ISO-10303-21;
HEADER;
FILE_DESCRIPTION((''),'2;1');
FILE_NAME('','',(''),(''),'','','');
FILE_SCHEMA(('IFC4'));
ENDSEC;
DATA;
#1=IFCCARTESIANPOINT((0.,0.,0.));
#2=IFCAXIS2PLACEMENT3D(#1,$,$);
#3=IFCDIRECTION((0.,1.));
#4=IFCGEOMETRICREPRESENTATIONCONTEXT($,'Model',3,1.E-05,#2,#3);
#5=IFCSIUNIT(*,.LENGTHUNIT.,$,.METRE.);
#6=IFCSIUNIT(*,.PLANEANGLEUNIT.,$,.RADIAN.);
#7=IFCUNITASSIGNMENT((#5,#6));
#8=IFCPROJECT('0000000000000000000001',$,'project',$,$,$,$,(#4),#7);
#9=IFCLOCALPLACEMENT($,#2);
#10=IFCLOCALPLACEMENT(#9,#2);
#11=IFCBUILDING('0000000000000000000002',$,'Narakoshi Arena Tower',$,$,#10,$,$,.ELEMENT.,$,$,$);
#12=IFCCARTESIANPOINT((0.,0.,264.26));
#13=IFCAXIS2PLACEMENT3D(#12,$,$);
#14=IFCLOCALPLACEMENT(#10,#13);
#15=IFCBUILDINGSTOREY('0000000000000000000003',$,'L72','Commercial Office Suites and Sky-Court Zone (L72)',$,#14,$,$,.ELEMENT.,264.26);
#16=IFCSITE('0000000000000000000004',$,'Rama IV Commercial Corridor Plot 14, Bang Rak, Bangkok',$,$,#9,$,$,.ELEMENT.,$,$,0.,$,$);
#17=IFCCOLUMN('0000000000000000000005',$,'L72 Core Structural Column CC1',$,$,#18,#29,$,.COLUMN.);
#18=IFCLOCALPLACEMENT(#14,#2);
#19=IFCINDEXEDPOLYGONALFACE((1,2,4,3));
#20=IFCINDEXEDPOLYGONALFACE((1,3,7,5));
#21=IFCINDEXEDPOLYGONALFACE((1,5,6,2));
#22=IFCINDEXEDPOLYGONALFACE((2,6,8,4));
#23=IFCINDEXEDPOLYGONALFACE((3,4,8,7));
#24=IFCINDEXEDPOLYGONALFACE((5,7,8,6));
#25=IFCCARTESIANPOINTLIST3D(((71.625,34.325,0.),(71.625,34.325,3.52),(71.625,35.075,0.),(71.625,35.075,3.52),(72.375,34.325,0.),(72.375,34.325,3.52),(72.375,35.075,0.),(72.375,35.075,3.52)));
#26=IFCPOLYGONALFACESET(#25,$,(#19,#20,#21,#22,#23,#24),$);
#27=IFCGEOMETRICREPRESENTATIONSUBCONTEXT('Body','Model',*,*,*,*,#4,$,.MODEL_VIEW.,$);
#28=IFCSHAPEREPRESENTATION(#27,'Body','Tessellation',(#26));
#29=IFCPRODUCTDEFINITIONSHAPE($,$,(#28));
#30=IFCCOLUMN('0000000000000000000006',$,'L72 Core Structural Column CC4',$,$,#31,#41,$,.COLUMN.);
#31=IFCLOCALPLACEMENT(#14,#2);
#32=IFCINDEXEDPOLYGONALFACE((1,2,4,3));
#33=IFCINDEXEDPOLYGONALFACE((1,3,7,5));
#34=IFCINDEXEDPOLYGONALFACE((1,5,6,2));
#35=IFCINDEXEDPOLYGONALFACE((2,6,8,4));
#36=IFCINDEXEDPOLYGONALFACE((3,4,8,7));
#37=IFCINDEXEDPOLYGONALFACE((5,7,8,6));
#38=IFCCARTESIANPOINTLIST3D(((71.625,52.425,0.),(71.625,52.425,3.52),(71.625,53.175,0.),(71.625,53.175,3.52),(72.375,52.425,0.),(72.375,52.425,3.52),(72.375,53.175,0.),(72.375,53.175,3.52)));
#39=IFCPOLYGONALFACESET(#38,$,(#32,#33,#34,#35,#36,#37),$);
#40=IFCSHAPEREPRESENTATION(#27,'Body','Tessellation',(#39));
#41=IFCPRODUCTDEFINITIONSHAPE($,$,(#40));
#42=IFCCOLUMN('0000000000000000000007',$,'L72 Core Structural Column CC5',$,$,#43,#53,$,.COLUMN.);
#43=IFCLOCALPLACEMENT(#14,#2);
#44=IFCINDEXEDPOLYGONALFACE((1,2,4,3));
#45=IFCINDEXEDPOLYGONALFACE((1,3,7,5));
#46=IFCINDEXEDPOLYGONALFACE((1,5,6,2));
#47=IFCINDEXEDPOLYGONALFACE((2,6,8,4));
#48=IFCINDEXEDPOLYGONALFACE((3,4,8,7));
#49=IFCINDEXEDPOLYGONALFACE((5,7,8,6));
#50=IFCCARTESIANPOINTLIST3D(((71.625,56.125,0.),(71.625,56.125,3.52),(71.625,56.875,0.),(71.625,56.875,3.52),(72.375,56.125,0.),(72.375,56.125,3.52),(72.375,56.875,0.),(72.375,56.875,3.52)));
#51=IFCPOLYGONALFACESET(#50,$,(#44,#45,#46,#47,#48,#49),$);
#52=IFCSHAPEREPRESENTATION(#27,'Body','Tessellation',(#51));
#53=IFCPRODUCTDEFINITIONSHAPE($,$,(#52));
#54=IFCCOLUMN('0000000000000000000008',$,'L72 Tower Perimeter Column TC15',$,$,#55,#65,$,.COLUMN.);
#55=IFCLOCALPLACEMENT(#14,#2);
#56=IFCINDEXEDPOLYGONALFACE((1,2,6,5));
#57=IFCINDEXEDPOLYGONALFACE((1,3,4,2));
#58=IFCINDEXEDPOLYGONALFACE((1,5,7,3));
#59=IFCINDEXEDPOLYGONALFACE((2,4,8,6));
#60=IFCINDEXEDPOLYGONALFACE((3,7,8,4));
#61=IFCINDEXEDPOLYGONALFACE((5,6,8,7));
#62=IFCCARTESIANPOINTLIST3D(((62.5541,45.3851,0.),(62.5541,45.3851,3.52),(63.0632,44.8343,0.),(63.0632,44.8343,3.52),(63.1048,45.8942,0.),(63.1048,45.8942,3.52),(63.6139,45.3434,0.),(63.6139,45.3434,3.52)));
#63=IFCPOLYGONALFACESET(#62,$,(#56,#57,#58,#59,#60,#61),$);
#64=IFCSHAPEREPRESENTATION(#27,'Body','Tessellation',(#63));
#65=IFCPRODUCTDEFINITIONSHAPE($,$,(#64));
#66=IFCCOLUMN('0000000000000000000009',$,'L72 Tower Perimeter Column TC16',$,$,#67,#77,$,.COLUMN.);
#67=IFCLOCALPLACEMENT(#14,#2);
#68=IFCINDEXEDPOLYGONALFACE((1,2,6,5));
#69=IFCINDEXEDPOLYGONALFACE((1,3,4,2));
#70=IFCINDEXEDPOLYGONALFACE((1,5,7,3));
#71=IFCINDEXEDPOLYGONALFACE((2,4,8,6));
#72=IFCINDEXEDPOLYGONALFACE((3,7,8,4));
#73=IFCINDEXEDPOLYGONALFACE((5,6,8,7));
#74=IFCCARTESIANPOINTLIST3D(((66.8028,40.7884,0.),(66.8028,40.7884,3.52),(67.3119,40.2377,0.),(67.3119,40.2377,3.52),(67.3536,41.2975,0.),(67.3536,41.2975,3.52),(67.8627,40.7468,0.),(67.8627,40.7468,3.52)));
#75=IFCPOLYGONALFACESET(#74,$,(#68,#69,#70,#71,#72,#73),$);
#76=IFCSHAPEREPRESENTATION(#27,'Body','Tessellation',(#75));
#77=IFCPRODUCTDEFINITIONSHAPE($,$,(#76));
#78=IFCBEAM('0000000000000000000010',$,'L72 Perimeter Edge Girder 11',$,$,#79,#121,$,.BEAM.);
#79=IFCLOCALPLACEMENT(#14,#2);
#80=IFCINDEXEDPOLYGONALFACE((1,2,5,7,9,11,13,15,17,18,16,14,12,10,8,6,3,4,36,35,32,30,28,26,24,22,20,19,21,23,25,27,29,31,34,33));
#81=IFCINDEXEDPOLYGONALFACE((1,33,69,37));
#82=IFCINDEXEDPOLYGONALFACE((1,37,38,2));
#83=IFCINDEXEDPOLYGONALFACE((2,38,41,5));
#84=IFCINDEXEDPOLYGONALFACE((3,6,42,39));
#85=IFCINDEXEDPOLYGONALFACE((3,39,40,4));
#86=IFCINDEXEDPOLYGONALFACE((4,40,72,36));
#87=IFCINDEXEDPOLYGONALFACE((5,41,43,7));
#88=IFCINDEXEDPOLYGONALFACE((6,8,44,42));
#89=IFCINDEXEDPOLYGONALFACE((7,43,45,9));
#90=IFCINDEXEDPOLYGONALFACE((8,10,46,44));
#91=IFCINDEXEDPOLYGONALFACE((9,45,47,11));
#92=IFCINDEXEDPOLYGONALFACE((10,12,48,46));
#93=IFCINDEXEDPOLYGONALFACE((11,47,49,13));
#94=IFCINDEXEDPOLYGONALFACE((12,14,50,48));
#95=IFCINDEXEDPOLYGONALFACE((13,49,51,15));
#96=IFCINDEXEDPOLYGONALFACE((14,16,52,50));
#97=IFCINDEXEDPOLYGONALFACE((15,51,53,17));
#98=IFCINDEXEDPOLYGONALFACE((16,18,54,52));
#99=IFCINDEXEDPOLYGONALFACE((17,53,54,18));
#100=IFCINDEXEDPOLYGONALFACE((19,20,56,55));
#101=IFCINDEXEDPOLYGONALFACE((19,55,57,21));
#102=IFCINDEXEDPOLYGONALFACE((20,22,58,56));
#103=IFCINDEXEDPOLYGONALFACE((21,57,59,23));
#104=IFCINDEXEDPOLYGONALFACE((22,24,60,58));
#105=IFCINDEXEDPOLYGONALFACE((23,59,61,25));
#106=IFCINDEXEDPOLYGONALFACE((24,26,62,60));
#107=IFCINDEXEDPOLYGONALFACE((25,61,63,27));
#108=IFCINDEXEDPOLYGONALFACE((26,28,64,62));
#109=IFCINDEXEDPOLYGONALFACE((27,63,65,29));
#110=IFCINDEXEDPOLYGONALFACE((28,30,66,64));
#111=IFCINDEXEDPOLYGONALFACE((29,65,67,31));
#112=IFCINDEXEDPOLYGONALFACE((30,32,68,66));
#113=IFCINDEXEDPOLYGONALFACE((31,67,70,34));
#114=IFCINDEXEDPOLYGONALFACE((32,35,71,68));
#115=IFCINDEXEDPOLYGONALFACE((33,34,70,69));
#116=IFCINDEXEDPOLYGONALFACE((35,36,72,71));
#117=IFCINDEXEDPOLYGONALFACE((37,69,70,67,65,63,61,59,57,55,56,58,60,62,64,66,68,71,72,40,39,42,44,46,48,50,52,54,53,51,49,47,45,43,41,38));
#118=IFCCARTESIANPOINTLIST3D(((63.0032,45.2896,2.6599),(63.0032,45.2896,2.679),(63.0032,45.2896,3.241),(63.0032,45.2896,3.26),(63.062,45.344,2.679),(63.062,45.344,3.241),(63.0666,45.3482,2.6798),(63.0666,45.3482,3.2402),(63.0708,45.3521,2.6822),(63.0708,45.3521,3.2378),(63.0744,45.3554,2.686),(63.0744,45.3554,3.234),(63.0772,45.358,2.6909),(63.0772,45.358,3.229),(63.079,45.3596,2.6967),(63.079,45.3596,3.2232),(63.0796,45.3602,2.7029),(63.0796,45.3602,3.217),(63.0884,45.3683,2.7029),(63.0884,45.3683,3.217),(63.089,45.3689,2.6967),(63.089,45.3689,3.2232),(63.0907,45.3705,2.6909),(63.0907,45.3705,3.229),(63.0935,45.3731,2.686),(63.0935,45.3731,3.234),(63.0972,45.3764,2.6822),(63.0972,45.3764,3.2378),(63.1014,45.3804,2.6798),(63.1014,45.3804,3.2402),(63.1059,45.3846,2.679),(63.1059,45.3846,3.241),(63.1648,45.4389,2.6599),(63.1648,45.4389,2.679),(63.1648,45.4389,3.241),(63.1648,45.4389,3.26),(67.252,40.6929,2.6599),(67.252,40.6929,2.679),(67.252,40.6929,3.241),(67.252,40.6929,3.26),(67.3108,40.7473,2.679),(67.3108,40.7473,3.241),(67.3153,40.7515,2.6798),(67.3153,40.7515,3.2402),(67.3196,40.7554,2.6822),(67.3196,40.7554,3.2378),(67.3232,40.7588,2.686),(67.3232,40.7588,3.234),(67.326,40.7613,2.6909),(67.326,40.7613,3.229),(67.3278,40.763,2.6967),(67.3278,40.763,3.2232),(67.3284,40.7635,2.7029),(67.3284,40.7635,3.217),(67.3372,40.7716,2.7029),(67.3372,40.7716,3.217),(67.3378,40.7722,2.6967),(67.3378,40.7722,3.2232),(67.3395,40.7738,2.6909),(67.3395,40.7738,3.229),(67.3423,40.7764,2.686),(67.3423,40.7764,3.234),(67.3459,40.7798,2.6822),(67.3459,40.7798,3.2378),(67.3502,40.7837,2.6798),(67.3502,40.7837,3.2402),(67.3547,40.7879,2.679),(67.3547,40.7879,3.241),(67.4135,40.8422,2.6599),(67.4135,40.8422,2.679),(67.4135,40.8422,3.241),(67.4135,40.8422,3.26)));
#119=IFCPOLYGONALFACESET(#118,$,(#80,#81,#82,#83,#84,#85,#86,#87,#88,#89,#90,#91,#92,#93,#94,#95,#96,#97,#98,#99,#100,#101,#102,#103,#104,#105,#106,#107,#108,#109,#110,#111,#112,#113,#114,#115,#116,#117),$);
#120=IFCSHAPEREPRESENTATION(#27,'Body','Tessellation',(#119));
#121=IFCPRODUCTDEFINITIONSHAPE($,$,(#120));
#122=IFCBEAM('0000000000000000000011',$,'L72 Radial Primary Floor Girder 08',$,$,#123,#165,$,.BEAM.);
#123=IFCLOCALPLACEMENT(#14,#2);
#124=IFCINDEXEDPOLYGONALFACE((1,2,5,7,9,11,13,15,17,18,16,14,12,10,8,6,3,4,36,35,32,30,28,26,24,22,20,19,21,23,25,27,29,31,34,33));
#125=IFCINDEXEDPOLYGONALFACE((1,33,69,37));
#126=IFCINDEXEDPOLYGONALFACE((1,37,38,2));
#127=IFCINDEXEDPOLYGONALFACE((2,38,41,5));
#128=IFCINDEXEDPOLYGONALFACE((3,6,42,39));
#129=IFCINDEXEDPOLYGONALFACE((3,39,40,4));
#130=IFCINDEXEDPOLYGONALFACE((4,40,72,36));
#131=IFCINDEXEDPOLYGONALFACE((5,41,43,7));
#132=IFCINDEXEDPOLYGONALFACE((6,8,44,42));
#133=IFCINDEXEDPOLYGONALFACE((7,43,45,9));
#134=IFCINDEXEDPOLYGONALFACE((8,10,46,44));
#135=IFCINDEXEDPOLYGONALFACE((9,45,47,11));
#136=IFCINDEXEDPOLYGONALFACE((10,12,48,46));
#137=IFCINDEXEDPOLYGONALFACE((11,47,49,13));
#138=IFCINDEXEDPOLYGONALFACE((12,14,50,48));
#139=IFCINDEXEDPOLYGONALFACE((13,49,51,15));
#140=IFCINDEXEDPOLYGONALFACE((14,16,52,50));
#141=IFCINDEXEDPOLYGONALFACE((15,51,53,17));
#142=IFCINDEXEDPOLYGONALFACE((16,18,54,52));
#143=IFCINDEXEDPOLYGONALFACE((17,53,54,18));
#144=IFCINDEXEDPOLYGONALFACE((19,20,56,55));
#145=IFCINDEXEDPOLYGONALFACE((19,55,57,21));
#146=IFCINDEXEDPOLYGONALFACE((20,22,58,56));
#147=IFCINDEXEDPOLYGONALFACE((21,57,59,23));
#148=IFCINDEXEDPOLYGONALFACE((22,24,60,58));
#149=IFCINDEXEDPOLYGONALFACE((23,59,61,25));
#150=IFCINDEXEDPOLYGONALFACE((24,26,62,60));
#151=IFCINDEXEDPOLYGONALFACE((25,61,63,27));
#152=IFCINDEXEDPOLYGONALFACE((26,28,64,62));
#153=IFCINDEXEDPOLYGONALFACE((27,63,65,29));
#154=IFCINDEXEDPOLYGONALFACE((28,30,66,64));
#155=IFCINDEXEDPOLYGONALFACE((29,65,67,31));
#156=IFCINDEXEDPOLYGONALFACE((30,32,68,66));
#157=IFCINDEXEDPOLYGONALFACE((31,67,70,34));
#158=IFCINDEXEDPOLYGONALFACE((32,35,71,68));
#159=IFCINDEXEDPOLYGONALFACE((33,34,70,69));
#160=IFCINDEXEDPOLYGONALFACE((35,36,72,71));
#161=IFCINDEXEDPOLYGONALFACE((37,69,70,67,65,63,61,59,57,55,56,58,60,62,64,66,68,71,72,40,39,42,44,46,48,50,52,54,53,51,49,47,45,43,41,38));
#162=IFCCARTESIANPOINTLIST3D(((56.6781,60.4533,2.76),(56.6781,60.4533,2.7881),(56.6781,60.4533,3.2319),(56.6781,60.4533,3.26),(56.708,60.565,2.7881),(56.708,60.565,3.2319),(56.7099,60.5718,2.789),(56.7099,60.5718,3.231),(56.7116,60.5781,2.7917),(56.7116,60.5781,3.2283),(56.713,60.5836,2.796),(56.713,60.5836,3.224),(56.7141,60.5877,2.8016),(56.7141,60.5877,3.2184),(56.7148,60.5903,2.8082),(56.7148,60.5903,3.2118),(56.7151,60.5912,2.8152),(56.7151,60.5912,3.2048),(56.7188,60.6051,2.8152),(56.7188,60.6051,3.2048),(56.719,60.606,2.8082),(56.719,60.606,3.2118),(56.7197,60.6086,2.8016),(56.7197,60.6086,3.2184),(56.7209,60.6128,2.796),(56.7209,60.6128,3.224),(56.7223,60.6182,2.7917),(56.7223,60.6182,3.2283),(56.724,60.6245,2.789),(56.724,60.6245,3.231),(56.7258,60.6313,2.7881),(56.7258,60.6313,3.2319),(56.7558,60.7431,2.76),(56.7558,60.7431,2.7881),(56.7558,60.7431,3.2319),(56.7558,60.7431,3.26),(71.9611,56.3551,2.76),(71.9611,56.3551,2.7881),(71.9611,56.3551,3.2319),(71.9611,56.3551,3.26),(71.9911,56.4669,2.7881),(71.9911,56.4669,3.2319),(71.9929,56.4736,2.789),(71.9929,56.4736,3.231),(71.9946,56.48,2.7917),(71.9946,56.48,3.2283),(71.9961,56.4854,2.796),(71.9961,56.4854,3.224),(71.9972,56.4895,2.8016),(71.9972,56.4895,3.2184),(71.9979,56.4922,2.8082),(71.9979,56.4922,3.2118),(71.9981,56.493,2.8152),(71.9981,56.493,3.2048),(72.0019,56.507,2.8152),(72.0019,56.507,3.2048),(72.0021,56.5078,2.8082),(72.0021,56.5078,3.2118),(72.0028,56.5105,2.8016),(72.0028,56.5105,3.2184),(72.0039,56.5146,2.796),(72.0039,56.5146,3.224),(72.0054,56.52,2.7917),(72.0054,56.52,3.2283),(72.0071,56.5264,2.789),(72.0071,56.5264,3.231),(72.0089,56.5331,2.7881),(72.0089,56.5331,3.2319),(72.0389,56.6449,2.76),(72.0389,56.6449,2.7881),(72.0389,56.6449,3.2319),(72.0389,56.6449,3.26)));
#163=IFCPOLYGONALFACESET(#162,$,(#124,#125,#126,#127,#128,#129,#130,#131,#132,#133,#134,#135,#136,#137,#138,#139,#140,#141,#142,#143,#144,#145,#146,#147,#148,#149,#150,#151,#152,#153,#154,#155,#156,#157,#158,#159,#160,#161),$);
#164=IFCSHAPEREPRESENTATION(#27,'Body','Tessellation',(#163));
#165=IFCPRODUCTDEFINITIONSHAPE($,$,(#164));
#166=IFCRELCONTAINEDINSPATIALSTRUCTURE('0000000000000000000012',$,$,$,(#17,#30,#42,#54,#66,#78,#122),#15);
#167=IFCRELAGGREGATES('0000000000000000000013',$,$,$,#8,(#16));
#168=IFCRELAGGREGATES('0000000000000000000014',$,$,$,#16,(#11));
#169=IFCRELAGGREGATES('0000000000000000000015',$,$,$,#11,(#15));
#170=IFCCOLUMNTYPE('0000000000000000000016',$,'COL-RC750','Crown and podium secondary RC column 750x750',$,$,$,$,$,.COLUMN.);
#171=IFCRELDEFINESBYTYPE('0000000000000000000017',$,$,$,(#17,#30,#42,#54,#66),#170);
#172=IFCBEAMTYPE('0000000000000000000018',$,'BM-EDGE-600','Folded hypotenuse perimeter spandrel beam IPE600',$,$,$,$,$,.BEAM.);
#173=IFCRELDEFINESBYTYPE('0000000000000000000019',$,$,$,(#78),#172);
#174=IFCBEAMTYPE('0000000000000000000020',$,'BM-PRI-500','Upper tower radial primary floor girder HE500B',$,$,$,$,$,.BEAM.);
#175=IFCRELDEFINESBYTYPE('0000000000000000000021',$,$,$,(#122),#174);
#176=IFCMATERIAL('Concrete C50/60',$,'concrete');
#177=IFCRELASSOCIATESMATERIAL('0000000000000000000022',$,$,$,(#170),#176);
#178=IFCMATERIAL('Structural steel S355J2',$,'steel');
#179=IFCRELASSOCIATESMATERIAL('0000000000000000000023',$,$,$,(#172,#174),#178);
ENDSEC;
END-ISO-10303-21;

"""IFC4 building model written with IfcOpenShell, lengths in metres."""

from ifc_helpers import new_model, si_unit, direction, frame, origin, origin_2d, place, context, subcontext, project, spatial, rectangle, i_section, extrude, material, material_profile, profile_set, type_object, element, save


model = new_model("IFC4")

# Units and contexts
model_context = context("Model", 3, precision=1e-05, world=origin(), true_north=direction((0.0, 1.0)))
body_context = subcontext(model_context, "Body", "Model", "MODEL_VIEW")
ifc_project = project(units=[si_unit("LENGTHUNIT", "METRE"), si_unit("PLANEANGLEUNIT", "RADIAN")], contexts=[model_context])

# Site, building, storey
site_placement = place(None, origin())
site = spatial("IfcSite", under=ifc_project, at=site_placement, Name="Rama IV Commercial Corridor Plot 14, Bang Rak, Bangkok", CompositionType="ELEMENT", RefElevation=0.0)
building_placement = place(site_placement, origin())
building = spatial("IfcBuilding", under=site, at=building_placement, Name="Narakoshi Arena Tower", CompositionType="ELEMENT")
storey_placement = place(building_placement, frame((0.0, 0.0, 264.26)))
storey = spatial("IfcBuildingStorey", under=building, at=storey_placement, Name="L72", Description="Commercial Office Suites and Sky-Court Zone (L72)", CompositionType="ELEMENT", Elevation=264.26)

# Columns
ifc_material_1 = material(Name="Concrete C50/60", Category="concrete")
ifc_material_profile_1 = material_profile(ifc_material_1, rectangle(XDim=0.75, YDim=0.75, at=origin_2d()), Name="RC750x750")
ifc_profile_set_1 = profile_set([ifc_material_profile_1], Name="Concrete C50/60")
column_type = type_object("IfcColumnType", Name="COL-RC750", Description="Crown and podium secondary RC column 750x750", PredefinedType="COLUMN", material=ifc_profile_set_1)
for number, where, z_axis, x_axis, name in (
    (1, (72.0, 34.7, 0.0), (0.0, 0.0, 1.0), (1.0, 0.0, 0.0), "L72 Core Structural Column CC1"),
    (2, (72.0, 52.8, 0.0), (0.0, 0.0, 1.0), (1.0, 0.0, 0.0), "L72 Core Structural Column CC4"),
    (3, (72.0, 56.5, 0.0), (0.0, 0.0, 1.0), (1.0, 0.0, 0.0), "L72 Core Structural Column CC5"),
    (4, (63.084, 45.3643, 0.0), (0.0, 0.0, 1.0), (-0.678801, 0.734323, 0.0), "L72 Tower Perimeter Column TC15"),
    (5, (67.3328, 40.7676, 0.0), (0.0, 0.0, 1.0), (-0.678801, 0.734323, 0.0), "L72 Tower Perimeter Column TC16"),
):
    element("IfcColumn", number, at=place(storey_placement, frame(where, z_axis=z_axis, x_axis=x_axis)), inside=storey, type_object=column_type, Name=name, PredefinedType="COLUMN", context=body_context, shape_type="SweptSolid", body=[
        extrude(rectangle(XDim=0.75, YDim=0.75, at=origin_2d()), origin(), (0.0, 0.0, 1.0), 3.52),
    ])

# Beams
ifc_material_2 = material(Name="Structural steel S355J2", Category="steel")
ifc_material_profile_2 = material_profile(ifc_material_2, i_section(OverallWidth=0.22, OverallDepth=0.6001, WebThickness=0.012, FlangeThickness=0.019, FilletRadius=0.0239, at=origin_2d()), Name="IPE600")
ifc_profile_set_2 = profile_set([ifc_material_profile_2], Name="Structural steel S355J2")
beam_type_1 = type_object("IfcBeamType", Name="BM-EDGE-600", Description="Folded hypotenuse perimeter spandrel beam IPE600", PredefinedType="BEAM", material=ifc_profile_set_2)
beam_1_placement = place(storey_placement, frame((63.084, 45.3643, 2.96), z_axis=(0.678771, -0.73435, 0.0), x_axis=(0.73435, 0.678771, 0.0)))
element("IfcBeam", 6, at=beam_1_placement, inside=storey, type_object=beam_type_1, Name="L72 Perimeter Edge Girder 11", PredefinedType="BEAM", context=body_context, shape_type="SweptSolid", body=[
    extrude(i_section(OverallWidth=0.22, OverallDepth=0.6001, WebThickness=0.012, FlangeThickness=0.019, FilletRadius=0.0239, at=origin_2d()), origin(), (0.0, 0.0, 1.0), 6.2595),
])
ifc_material_profile_3 = material_profile(ifc_material_2, i_section(OverallWidth=0.3, OverallDepth=0.5, WebThickness=0.0144, FlangeThickness=0.0281, FilletRadius=0.0271, at=origin_2d()), Name="HE500B")
ifc_profile_set_3 = profile_set([ifc_material_profile_3], Name="Structural steel S355J2")
beam_type_2 = type_object("IfcBeamType", Name="BM-PRI-500", Description="Upper tower radial primary floor girder HE500B", PredefinedType="BEAM", material=ifc_profile_set_3)
beam_2_placement = place(storey_placement, frame((72.0, 56.5, 3.01), z_axis=(-0.965877, 0.259001, 0.0), x_axis=(-0.259001, -0.965877, 0.0)))
element("IfcBeam", 7, at=beam_2_placement, inside=storey, type_object=beam_type_2, Name="L72 Radial Primary Floor Girder 08", PredefinedType="BEAM", context=body_context, shape_type="SweptSolid", body=[
    extrude(i_section(OverallWidth=0.3, OverallDepth=0.5, WebThickness=0.0144, FlangeThickness=0.0281, FilletRadius=0.0271, at=origin_2d()), origin(), (0.0, 0.0, 1.0), 15.823),
])

save(model, "model.ifc")
